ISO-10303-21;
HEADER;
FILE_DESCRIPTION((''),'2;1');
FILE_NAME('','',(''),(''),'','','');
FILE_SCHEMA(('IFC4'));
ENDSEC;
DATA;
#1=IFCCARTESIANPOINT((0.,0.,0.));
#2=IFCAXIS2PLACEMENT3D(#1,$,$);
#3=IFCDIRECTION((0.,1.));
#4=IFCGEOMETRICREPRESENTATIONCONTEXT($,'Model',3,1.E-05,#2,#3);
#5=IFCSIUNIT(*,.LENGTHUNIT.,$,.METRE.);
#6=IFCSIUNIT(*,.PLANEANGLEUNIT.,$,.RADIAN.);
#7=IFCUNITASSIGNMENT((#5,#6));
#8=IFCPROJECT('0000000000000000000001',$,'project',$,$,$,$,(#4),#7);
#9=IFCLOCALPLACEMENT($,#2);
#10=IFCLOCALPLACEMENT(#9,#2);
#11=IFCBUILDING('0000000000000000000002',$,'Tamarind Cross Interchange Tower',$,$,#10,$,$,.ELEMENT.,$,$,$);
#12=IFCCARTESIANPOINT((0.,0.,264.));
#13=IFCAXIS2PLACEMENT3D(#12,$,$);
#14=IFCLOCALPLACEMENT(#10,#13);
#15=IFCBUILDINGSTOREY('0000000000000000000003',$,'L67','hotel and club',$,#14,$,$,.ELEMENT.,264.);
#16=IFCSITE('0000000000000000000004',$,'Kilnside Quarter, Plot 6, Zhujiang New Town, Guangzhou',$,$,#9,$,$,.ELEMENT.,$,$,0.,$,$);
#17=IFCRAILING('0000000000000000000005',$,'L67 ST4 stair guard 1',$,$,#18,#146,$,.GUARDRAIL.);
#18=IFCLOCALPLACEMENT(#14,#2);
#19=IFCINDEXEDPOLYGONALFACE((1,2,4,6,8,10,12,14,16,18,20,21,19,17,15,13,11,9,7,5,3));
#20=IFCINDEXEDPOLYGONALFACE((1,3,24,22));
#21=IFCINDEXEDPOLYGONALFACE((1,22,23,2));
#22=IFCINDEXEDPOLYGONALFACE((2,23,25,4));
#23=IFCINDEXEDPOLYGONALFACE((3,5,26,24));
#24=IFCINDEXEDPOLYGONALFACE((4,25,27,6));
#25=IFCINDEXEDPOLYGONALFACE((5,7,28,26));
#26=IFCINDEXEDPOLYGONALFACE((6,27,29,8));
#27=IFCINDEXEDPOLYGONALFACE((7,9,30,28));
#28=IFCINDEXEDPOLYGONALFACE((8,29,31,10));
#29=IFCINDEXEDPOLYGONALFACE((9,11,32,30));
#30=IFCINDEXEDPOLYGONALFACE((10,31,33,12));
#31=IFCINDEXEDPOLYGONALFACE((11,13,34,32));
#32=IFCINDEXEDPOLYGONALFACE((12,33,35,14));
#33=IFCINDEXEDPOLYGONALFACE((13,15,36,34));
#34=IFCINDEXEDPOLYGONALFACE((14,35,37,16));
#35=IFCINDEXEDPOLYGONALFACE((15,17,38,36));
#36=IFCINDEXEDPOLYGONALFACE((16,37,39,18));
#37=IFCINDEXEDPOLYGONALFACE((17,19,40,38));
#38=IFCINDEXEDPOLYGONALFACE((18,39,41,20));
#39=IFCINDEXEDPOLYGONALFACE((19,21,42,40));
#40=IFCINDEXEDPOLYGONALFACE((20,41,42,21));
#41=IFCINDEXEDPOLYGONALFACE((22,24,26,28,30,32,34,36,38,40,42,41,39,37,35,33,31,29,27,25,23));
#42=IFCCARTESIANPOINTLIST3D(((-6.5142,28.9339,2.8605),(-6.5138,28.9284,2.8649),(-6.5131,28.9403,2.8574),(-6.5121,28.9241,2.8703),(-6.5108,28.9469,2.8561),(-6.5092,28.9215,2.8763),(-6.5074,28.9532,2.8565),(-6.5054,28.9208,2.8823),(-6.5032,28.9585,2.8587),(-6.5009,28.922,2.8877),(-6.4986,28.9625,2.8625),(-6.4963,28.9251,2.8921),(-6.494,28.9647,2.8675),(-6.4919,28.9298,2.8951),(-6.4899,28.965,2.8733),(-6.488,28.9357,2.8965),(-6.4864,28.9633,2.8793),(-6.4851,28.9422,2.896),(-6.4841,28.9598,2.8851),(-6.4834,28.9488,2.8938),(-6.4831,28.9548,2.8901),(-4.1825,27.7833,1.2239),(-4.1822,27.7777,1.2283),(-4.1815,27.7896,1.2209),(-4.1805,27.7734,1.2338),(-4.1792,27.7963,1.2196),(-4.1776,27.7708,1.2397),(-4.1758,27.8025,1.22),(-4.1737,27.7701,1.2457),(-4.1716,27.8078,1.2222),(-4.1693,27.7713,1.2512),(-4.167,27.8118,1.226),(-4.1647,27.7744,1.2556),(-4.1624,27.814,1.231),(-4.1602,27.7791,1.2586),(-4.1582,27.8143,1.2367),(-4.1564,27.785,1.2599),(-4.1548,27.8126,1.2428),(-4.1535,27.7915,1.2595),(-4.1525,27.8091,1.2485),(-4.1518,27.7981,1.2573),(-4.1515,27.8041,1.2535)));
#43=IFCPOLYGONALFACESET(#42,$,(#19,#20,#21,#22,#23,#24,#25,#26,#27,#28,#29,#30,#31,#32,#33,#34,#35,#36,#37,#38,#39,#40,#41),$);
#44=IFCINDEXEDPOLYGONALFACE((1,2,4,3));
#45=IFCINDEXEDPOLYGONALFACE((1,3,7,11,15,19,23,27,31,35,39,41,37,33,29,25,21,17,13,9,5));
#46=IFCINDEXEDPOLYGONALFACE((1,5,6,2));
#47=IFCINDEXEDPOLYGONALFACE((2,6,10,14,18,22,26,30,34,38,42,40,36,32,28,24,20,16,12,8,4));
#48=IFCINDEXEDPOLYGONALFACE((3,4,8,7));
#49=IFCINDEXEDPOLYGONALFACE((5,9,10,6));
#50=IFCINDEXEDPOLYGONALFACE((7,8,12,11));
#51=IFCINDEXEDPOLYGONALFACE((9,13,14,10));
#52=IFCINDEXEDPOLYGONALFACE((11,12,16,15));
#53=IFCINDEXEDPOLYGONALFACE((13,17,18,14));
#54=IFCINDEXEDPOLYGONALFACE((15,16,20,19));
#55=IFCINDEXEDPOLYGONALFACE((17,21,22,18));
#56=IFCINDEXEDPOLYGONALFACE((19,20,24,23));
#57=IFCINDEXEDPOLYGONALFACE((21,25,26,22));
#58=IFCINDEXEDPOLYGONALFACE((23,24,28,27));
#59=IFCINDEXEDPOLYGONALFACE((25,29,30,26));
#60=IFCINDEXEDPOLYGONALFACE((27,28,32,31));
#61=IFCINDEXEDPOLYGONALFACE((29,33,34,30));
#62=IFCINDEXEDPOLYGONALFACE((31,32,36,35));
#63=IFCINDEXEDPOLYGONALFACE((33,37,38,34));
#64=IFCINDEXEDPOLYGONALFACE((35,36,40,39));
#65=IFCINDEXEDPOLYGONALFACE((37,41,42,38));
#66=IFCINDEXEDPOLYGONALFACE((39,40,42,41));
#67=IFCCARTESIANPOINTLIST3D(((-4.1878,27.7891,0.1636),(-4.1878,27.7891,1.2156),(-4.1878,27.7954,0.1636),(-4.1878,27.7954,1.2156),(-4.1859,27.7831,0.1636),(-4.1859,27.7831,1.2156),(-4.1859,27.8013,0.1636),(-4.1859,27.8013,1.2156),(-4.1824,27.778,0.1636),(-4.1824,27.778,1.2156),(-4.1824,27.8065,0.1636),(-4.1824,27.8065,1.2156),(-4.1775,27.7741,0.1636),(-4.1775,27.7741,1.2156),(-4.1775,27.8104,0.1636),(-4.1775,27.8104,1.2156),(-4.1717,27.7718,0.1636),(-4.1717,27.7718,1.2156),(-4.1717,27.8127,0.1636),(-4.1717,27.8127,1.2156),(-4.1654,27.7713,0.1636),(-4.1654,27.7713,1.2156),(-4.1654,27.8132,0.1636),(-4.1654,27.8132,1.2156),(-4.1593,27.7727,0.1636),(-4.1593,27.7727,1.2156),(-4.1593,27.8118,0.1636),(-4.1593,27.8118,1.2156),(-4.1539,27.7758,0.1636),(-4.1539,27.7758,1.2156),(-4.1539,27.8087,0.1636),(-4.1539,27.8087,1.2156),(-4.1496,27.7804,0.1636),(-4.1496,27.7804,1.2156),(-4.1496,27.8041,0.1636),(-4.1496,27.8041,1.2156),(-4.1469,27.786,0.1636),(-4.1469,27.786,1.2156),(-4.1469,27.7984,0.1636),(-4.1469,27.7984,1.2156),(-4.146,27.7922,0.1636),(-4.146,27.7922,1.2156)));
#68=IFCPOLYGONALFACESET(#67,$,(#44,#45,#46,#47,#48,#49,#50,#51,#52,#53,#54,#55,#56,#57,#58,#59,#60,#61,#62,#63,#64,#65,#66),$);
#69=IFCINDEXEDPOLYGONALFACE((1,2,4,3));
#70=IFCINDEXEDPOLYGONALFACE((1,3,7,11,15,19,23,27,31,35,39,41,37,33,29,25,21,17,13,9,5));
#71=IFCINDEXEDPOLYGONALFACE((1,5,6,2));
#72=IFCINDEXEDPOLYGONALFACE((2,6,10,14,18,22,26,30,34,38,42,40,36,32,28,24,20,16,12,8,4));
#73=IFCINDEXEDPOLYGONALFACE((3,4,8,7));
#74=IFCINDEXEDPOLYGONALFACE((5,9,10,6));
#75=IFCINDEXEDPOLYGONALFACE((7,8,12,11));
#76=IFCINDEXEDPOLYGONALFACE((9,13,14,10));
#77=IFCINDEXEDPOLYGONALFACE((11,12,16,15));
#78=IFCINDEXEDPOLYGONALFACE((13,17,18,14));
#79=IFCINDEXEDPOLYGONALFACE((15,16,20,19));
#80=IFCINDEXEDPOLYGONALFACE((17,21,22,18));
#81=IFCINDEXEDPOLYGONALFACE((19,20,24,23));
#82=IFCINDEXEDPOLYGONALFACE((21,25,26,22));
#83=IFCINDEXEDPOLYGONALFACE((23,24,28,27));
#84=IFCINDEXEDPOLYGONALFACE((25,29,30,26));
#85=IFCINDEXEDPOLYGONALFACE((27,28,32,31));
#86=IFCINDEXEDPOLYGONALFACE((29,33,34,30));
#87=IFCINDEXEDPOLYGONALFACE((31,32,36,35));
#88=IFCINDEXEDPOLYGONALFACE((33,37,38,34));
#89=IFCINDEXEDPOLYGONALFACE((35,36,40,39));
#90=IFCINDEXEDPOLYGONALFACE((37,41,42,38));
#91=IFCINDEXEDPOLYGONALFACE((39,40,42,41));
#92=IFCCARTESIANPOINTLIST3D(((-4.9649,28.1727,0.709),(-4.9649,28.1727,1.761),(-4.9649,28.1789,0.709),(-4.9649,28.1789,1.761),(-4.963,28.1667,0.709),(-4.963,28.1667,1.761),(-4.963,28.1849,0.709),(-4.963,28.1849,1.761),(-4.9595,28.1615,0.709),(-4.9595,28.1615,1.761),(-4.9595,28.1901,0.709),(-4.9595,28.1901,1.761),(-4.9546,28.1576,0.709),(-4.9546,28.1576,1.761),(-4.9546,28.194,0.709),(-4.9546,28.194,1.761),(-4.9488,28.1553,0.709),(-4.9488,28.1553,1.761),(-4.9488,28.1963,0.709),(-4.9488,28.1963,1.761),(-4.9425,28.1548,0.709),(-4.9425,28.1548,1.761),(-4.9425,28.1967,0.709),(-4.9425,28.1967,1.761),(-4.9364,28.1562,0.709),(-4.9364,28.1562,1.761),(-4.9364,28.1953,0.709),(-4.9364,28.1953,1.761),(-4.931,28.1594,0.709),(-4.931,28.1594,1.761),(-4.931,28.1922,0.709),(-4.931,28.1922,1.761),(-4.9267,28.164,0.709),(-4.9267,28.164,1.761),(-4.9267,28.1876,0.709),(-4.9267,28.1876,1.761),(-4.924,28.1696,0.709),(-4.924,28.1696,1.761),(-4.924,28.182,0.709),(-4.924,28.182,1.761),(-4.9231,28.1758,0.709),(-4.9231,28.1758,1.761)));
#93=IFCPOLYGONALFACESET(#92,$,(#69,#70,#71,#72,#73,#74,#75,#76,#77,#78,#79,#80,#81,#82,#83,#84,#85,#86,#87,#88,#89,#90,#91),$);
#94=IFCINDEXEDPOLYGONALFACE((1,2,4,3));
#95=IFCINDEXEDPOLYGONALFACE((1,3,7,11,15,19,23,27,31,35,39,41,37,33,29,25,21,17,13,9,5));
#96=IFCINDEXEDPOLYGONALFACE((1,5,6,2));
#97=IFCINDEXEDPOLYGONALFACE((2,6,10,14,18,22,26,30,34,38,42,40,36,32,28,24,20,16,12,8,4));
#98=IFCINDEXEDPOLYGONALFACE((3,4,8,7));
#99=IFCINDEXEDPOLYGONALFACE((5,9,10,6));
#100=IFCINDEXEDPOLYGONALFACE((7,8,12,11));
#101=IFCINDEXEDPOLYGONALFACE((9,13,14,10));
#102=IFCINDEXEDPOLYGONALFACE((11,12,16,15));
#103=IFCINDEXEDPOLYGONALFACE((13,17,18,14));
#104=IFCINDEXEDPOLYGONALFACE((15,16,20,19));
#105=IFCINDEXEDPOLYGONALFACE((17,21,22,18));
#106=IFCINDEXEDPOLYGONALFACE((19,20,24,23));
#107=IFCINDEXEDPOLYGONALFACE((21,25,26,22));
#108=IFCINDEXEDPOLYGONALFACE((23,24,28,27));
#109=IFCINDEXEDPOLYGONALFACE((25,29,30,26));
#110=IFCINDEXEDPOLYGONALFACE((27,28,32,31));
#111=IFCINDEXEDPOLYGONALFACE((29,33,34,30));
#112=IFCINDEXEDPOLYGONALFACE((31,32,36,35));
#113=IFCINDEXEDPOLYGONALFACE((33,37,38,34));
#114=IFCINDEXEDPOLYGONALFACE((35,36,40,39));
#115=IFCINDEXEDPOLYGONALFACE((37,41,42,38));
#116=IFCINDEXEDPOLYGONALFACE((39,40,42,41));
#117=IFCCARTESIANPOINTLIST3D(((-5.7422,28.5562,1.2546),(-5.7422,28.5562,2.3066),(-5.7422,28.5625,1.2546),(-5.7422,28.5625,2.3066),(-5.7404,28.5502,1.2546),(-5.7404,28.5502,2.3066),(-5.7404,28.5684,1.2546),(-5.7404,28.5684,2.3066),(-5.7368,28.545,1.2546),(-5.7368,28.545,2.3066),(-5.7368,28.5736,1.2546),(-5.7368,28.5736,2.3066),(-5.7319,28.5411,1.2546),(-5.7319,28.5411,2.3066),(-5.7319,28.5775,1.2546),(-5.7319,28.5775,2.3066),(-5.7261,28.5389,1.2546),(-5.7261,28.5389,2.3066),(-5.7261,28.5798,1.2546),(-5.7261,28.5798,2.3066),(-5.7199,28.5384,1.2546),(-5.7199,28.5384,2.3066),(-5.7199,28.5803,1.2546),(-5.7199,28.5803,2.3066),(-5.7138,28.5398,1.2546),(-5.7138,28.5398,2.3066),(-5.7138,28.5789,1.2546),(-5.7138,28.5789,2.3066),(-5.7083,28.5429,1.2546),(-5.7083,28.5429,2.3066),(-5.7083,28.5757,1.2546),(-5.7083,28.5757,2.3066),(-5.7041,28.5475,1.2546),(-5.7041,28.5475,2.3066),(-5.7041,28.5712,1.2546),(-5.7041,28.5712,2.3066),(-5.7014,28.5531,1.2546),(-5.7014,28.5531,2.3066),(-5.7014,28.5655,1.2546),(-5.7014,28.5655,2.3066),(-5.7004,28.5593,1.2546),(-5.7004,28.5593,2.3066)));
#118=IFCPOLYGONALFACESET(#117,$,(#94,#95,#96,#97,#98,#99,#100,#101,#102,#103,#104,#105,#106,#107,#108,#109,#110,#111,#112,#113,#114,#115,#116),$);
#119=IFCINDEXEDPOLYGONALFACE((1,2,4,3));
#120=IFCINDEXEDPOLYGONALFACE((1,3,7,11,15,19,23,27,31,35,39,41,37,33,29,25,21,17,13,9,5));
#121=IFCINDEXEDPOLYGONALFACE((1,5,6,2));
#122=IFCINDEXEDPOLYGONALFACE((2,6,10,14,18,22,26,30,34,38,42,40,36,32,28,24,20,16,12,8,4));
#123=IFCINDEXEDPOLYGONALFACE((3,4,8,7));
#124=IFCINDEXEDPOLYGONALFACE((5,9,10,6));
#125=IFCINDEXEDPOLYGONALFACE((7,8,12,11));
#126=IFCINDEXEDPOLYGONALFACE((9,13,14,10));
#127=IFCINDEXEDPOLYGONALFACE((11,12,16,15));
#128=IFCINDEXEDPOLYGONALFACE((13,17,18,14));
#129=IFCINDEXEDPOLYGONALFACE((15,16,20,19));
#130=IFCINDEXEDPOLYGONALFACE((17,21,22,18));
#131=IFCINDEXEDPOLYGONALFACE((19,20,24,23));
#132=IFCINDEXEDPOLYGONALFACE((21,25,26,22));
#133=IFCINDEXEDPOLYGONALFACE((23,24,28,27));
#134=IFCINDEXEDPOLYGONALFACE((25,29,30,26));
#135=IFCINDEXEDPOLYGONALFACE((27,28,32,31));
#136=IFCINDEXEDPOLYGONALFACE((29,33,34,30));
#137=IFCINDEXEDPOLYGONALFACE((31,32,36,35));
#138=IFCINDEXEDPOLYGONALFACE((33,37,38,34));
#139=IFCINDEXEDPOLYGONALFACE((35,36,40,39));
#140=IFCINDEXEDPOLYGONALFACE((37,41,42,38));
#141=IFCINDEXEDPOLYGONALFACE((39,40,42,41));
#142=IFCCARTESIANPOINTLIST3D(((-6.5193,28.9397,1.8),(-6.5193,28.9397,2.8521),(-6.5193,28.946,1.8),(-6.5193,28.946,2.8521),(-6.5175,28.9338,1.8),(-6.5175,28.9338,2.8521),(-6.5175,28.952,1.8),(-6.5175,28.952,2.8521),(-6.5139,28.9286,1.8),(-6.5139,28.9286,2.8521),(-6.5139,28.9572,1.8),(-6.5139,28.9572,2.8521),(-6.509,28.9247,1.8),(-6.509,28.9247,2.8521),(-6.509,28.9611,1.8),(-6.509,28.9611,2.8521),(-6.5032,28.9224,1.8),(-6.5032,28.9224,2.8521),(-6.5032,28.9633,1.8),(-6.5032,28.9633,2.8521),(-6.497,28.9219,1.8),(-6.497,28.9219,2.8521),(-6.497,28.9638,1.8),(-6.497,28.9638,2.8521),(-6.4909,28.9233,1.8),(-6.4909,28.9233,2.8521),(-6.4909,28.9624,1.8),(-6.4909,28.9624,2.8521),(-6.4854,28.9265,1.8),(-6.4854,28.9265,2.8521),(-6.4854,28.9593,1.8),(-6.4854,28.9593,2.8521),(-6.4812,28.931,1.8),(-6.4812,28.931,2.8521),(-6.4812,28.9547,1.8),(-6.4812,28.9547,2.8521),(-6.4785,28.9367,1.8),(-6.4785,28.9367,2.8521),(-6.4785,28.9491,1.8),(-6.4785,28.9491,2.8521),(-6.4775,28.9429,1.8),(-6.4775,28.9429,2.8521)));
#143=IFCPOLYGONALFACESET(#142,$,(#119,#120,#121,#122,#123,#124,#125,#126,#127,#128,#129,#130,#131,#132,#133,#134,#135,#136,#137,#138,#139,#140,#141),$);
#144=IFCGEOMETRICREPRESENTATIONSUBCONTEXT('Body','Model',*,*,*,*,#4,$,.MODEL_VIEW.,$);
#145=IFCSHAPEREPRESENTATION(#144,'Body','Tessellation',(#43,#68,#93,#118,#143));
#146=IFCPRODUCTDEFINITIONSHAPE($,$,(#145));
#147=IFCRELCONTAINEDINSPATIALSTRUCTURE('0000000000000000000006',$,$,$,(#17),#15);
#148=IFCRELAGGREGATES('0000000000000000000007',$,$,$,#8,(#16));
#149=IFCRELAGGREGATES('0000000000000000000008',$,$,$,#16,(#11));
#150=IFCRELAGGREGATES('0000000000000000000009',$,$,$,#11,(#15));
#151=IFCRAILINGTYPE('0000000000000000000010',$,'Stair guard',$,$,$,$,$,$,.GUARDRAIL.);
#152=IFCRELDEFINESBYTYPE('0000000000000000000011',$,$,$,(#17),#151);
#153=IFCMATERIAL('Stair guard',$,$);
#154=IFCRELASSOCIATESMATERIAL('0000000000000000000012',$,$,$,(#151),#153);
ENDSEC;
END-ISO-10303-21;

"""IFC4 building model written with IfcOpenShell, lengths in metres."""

from ifc_helpers import new_model, si_unit, direction, frame, origin, origin_2d, place, context, subcontext, project, spatial, circle, extrude, material, type_object, element, save


model = new_model("IFC4")

# Units and contexts
model_context = context("Model", 3, precision=1e-05, world=origin(), true_north=direction((0.0, 1.0)))
body_context = subcontext(model_context, "Body", "Model", "MODEL_VIEW")
ifc_project = project(units=[si_unit("LENGTHUNIT", "METRE"), si_unit("PLANEANGLEUNIT", "RADIAN")], contexts=[model_context])

# Site, building, storey
site_placement = place(None, origin())
site = spatial("IfcSite", under=ifc_project, at=site_placement, Name="Kilnside Quarter, Plot 6, Zhujiang New Town, Guangzhou", CompositionType="ELEMENT", RefElevation=0.0)
building_placement = place(site_placement, origin())
building = spatial("IfcBuilding", under=site, at=building_placement, Name="Tamarind Cross Interchange Tower", CompositionType="ELEMENT")
storey_placement = place(building_placement, frame((0.0, 0.0, 264.0)))
storey = spatial("IfcBuildingStorey", under=building, at=storey_placement, Name="L67", Description="hotel and club", CompositionType="ELEMENT", Elevation=264.0)

# Railing
ifc_material_1 = material(Name="Stair guard")
railing_type_1 = type_object("IfcRailingType", Name="Stair guard", PredefinedType="GUARDRAIL", material=ifc_material_1)
railing_1_placement = place(storey_placement, frame((-4.167, 27.7922, 0.1636)))
element("IfcRailing", 1, at=railing_1_placement, inside=storey, type_object=railing_type_1, Name="L67 ST4 stair guard 1", PredefinedType="GUARDRAIL", context=body_context, shape_type="SweptSolid", body=[
    extrude(circle(Radius=0.0239, at=origin_2d()), frame((0.0, 0.0, 1.0762), z_axis=(-0.758929, 0.374537, 0.532681), x_axis=(-0.44255, -0.896744, 0.0)), (0.0, 0.0, 1.0), 3.0723),
    extrude(circle(Radius=0.021, at=origin_2d()), origin(), (0.0, 0.0, 1.0), 1.052),
    extrude(circle(Radius=0.021, at=origin_2d()), frame((-0.7771, 0.3835, 0.5454)), (0.0, 0.0, 1.0), 1.052),
    extrude(circle(Radius=0.021, at=origin_2d()), frame((-1.5544, 0.7671, 1.0911)), (0.0, 0.0, 1.0), 1.052),
    extrude(circle(Radius=0.021, at=origin_2d()), frame((-2.3315, 1.1506, 1.6365)), (0.0, 0.0, 1.0), 1.052),
])

save(model, "model.ifc")
